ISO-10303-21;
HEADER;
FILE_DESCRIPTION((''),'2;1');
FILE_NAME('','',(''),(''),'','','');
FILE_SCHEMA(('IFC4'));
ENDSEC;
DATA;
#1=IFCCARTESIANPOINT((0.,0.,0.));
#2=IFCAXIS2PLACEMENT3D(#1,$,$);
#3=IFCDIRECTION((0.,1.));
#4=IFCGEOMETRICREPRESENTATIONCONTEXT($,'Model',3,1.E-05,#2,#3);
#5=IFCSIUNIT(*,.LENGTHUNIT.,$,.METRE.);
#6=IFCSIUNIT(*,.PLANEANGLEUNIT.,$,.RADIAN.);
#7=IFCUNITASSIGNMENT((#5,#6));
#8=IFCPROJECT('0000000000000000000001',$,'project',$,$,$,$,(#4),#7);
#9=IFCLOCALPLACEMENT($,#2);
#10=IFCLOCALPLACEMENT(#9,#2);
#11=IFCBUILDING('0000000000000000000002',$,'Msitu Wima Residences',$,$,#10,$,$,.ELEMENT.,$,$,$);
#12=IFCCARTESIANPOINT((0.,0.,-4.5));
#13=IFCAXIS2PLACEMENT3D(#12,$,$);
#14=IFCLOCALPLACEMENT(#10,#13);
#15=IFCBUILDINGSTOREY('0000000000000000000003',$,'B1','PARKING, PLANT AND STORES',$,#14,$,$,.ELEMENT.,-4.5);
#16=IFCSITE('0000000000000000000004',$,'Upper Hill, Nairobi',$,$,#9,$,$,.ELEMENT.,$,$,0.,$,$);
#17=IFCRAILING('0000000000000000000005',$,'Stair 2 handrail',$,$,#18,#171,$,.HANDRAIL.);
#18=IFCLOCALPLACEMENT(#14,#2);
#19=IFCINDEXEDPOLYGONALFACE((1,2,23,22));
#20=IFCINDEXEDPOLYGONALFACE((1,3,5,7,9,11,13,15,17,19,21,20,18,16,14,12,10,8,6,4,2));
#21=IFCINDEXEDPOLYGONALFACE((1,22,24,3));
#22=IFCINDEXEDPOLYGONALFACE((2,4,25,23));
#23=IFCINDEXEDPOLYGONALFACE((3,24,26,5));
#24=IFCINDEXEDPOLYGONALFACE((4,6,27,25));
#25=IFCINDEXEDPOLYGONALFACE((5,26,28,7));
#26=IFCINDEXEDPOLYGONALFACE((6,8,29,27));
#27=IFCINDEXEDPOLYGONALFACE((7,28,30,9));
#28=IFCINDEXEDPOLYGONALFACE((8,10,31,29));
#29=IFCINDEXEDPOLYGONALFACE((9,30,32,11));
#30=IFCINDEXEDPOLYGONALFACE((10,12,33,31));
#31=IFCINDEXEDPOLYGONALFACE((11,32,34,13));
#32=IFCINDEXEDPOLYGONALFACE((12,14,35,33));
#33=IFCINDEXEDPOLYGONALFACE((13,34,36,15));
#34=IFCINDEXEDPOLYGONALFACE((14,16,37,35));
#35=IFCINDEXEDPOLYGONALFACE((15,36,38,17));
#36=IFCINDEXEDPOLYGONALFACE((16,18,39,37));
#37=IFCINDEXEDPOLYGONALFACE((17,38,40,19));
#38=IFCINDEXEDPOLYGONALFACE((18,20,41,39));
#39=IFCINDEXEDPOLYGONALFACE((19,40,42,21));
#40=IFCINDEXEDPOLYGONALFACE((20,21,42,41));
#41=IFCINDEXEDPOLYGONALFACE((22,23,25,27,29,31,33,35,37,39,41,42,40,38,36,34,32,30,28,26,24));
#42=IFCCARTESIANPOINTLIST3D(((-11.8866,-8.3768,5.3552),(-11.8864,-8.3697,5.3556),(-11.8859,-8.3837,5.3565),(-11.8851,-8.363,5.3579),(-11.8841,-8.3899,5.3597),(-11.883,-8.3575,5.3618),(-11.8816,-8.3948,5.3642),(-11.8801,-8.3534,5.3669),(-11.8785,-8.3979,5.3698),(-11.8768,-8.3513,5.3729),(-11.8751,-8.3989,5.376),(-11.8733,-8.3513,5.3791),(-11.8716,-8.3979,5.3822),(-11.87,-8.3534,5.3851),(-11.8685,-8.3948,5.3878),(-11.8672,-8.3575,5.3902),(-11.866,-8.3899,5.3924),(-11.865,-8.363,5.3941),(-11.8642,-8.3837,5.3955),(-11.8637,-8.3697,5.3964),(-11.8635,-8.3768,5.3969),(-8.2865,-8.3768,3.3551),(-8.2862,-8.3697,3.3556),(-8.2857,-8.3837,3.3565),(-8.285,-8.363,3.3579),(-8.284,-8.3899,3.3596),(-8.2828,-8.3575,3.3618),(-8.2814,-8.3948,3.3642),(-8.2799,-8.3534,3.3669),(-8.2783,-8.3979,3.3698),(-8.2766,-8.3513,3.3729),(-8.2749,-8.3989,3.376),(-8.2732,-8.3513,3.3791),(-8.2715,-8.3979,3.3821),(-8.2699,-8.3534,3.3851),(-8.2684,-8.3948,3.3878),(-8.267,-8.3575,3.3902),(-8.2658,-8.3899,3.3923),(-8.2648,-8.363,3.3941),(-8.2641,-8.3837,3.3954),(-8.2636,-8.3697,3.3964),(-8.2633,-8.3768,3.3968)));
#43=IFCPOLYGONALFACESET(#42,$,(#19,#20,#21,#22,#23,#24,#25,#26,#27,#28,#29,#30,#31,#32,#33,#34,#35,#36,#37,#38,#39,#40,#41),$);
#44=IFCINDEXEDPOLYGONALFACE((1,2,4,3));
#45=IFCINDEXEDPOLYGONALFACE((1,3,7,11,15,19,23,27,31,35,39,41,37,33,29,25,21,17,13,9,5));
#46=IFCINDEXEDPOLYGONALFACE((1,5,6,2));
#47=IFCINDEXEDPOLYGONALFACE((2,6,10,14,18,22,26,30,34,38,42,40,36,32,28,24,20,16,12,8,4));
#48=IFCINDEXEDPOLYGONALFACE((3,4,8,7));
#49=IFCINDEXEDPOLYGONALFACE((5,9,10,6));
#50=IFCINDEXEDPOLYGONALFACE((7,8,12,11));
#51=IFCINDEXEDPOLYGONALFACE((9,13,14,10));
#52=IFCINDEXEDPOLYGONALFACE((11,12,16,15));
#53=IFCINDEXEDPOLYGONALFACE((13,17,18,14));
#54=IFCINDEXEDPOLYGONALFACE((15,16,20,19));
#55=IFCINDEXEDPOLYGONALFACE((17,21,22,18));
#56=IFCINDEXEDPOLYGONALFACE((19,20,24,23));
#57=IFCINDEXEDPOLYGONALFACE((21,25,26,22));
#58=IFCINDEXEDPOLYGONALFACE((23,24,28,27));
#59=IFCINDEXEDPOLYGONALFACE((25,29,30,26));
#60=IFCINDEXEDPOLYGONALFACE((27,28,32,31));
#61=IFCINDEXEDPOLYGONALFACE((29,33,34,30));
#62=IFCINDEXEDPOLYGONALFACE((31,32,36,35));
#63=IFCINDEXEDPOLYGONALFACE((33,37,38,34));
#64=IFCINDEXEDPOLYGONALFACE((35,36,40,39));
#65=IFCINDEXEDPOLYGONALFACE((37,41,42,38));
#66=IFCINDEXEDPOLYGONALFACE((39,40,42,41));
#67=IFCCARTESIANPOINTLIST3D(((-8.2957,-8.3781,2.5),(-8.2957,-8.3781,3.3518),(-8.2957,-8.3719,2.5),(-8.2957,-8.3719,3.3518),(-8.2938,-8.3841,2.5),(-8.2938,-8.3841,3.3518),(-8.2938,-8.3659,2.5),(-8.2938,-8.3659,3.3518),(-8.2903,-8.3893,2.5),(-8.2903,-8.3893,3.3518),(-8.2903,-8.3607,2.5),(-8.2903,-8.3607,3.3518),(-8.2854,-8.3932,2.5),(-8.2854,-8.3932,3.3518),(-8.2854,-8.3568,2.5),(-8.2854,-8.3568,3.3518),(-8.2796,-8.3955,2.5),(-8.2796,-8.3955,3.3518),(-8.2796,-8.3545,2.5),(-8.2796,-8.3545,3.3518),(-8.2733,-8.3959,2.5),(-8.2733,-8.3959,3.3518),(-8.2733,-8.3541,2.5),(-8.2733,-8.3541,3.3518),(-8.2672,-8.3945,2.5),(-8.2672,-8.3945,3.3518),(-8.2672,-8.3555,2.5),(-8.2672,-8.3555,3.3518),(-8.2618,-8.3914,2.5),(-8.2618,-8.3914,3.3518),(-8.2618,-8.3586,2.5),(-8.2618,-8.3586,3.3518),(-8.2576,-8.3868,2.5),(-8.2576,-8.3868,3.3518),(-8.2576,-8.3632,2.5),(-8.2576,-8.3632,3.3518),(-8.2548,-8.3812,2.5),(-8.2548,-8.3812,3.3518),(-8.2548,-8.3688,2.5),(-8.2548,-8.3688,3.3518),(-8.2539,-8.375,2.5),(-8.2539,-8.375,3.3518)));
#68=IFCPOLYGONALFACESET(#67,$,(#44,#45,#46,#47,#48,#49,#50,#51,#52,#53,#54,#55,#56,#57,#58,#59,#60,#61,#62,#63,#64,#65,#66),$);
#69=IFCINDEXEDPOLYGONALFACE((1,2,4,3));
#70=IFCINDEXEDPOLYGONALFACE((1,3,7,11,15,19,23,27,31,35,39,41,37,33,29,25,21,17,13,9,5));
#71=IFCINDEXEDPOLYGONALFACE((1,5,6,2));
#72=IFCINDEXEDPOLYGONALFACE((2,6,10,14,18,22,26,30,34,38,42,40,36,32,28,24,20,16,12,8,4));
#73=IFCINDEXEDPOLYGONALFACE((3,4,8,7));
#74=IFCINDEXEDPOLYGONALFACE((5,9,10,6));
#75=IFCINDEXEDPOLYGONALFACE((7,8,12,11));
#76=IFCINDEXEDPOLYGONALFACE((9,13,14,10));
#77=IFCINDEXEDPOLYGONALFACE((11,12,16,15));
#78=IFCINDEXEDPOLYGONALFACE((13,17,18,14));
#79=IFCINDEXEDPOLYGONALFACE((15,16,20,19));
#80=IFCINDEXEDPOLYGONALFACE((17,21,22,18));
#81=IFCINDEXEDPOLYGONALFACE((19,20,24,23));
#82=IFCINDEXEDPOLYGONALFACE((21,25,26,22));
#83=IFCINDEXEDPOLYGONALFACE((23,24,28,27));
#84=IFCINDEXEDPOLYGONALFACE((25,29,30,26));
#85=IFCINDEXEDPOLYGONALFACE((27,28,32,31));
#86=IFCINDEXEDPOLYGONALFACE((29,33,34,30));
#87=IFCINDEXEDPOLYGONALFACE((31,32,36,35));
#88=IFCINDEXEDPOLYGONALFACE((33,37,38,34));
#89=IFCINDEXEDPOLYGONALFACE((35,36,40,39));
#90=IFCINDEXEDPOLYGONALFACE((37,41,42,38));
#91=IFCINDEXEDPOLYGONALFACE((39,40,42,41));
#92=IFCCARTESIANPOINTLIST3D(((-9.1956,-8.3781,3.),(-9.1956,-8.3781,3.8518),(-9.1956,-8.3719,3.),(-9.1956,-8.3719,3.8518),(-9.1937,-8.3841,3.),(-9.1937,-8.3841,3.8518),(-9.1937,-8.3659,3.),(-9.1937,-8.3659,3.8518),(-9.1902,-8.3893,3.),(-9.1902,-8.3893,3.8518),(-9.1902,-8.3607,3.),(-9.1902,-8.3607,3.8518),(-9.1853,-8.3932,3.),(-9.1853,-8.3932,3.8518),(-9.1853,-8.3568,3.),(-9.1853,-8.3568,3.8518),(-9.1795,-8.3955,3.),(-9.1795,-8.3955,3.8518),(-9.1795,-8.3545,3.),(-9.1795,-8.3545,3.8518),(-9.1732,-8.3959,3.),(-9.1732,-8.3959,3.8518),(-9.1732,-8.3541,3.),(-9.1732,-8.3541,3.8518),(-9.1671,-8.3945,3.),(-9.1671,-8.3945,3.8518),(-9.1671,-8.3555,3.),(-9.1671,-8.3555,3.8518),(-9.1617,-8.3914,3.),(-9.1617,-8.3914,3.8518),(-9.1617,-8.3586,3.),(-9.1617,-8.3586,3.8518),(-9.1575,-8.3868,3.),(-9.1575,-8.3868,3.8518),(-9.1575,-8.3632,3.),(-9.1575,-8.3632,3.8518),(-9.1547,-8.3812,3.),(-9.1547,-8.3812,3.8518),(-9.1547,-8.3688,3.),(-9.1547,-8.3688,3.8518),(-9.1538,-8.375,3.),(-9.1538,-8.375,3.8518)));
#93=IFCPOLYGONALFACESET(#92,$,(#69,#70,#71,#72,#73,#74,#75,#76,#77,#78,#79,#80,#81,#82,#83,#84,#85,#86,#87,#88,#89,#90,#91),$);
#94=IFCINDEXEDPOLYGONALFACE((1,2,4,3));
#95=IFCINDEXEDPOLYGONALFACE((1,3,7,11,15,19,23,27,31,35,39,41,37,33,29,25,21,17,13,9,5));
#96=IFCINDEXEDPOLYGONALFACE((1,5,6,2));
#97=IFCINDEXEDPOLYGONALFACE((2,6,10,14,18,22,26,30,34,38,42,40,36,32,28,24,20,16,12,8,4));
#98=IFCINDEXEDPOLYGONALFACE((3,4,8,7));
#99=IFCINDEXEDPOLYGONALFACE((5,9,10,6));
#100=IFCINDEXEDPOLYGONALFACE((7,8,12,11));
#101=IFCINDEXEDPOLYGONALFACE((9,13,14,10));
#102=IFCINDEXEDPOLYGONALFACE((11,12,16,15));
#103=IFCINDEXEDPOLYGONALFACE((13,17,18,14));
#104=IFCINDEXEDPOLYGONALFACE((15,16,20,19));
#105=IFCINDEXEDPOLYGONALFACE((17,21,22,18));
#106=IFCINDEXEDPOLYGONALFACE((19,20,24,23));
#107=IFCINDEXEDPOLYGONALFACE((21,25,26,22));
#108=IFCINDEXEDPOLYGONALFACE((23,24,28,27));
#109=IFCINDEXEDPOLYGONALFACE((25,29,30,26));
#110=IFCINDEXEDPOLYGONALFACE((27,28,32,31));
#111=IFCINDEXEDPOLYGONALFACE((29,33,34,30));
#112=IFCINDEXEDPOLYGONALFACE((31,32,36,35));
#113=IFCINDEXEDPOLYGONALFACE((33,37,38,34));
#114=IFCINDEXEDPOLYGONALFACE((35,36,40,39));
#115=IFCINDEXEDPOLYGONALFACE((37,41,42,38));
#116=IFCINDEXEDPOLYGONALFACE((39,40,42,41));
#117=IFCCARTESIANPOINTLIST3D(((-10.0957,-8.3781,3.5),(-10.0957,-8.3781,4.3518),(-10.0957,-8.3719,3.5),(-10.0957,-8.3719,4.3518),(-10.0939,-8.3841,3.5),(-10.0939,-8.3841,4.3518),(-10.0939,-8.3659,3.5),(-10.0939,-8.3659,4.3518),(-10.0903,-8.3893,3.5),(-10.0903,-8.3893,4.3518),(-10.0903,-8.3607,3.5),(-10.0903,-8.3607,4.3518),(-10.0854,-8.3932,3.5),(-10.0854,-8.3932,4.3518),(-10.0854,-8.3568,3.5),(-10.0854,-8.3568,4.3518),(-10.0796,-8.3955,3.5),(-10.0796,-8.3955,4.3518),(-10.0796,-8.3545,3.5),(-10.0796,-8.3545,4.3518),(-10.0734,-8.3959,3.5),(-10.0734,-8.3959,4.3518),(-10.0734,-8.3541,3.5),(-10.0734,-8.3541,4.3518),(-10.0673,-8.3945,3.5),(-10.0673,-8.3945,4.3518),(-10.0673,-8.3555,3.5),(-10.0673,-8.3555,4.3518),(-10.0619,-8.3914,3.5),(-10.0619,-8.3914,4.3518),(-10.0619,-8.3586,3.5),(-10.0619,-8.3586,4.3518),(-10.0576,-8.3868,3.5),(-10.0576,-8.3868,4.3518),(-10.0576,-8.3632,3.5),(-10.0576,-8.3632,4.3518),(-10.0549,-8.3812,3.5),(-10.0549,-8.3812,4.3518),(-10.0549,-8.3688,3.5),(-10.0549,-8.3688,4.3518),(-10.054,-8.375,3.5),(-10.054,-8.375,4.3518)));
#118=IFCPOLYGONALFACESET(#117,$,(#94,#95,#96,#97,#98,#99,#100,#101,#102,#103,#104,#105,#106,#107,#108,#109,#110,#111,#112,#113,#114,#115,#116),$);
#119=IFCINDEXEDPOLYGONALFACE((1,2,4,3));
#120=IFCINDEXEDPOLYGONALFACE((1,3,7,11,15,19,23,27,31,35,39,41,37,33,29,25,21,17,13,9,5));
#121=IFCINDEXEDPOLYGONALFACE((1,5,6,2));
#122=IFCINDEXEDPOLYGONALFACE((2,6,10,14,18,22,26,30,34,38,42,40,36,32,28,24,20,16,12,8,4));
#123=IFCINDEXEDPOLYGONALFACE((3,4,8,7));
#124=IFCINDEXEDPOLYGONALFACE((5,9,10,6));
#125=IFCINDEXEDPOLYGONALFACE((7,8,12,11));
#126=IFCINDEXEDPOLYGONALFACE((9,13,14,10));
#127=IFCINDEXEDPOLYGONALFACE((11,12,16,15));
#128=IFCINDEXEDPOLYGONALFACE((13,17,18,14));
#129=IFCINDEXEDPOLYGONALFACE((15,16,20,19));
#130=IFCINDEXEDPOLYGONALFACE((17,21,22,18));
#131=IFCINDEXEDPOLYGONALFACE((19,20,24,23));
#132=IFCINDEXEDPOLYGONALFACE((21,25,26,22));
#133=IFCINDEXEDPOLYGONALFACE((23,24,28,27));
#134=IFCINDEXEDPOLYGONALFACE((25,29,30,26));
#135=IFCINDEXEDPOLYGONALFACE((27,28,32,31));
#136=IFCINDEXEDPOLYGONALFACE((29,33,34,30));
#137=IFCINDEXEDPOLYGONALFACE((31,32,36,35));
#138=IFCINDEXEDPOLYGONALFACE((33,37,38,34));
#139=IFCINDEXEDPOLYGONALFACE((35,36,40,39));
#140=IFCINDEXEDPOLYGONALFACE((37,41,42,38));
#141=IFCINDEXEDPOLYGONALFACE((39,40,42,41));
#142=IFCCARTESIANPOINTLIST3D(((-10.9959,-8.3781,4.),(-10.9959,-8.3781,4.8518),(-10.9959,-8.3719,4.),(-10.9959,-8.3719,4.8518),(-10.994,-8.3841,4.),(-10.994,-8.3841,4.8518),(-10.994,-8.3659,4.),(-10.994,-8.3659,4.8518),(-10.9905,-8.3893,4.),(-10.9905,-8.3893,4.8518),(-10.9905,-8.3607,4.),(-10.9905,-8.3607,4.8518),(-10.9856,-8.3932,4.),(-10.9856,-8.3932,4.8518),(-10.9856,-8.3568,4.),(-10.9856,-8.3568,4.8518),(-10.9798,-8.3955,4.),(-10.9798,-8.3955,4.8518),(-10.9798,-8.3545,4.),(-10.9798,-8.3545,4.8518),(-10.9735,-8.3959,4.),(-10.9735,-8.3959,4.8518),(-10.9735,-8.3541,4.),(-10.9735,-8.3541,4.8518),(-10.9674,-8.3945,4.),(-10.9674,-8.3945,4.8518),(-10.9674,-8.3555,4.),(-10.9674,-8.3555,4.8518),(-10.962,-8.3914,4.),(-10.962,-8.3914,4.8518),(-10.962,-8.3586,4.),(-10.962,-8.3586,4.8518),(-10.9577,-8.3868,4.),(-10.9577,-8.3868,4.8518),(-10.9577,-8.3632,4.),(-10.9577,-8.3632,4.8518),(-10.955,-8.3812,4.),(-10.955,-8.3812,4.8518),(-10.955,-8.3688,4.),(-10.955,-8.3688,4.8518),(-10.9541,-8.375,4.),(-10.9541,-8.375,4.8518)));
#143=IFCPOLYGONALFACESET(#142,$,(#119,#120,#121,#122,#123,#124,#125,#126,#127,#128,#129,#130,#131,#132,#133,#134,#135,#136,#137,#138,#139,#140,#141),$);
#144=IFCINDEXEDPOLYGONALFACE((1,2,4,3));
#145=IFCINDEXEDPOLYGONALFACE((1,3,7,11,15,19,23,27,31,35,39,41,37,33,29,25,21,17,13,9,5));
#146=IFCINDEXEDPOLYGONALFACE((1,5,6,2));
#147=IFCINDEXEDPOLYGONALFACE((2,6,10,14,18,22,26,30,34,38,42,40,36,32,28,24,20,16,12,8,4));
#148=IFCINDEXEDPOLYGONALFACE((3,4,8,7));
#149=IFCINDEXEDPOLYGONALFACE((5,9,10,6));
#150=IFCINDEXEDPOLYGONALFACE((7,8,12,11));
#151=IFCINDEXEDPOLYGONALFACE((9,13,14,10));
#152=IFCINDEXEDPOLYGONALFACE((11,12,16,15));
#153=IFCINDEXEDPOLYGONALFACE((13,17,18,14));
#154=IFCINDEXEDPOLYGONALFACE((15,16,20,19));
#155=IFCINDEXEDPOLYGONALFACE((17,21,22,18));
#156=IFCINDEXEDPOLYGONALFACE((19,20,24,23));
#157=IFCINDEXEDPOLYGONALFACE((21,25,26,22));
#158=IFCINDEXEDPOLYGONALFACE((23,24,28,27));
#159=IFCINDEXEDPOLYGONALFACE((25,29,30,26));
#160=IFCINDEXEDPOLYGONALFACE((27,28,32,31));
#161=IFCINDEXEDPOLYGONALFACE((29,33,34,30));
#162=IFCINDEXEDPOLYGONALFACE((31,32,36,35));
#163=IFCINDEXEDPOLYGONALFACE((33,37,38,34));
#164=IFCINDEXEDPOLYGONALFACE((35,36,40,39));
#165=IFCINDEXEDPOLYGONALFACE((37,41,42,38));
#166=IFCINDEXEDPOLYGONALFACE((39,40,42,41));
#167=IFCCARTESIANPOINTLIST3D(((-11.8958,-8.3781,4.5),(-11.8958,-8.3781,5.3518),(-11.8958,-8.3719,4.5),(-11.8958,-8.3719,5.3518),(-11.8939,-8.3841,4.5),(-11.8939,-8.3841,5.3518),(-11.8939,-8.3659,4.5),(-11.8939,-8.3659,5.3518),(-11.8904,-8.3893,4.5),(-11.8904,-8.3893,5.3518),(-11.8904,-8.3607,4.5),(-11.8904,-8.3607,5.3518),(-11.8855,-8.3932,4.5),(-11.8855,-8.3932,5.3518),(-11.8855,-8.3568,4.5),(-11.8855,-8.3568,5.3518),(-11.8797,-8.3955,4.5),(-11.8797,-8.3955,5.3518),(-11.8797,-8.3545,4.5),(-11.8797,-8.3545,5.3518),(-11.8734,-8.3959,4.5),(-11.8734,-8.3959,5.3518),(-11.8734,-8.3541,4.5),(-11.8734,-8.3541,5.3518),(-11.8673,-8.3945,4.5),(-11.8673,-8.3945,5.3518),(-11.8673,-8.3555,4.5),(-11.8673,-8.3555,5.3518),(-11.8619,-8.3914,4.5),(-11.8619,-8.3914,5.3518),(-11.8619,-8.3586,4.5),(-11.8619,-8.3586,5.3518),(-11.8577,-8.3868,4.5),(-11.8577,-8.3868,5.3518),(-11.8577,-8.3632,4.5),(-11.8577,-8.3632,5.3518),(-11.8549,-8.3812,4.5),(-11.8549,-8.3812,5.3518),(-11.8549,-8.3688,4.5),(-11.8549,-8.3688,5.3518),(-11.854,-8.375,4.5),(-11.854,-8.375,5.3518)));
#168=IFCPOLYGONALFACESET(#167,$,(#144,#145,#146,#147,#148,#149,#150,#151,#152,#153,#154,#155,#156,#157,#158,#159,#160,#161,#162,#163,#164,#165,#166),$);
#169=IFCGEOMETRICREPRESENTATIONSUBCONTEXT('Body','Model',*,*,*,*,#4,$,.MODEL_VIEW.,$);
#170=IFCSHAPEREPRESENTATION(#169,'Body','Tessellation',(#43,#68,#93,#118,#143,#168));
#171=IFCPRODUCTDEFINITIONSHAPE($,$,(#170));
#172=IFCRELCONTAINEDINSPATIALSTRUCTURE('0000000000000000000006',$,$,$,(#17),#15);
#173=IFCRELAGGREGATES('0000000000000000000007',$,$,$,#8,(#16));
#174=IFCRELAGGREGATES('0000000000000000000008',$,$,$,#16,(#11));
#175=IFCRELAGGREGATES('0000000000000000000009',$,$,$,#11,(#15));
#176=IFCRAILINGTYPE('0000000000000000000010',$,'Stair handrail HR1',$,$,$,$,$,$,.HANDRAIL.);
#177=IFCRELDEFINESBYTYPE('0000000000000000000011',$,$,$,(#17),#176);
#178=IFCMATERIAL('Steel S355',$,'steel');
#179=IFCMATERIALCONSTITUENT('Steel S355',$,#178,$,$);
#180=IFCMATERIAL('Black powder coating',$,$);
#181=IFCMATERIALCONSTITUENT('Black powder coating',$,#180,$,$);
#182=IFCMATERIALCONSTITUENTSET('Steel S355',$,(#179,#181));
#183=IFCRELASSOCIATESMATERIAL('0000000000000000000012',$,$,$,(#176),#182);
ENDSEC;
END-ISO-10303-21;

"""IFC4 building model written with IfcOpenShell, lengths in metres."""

from ifc_helpers import new_model, si_unit, direction, frame, origin, origin_2d, place, context, subcontext, project, spatial, circle, extrude, material, constituent, constituent_set, type_object, element, save


model = new_model("IFC4")

# Units and contexts
model_context = context("Model", 3, precision=1e-05, world=origin(), true_north=direction((0.0, 1.0)))
body_context = subcontext(model_context, "Body", "Model", "MODEL_VIEW")
ifc_project = project(units=[si_unit("LENGTHUNIT", "METRE"), si_unit("PLANEANGLEUNIT", "RADIAN")], contexts=[model_context])

# Site, building, storey
site_placement = place(None, origin())
site = spatial("IfcSite", under=ifc_project, at=site_placement, Name="Upper Hill, Nairobi", CompositionType="ELEMENT", RefElevation=0.0)
building_placement = place(site_placement, origin())
building = spatial("IfcBuilding", under=site, at=building_placement, Name="Msitu Wima Residences", CompositionType="ELEMENT")
storey_placement = place(building_placement, frame((0.0, 0.0, -4.5)))
storey = spatial("IfcBuildingStorey", under=building, at=storey_placement, Name="B1", Description="PARKING, PLANT AND STORES", CompositionType="ELEMENT", Elevation=-4.5)

# Railing
ifc_material_1 = material(Name="Steel S355", Category="steel")
ifc_constituent_1 = constituent(ifc_material_1, Name="Steel S355")
ifc_material_2 = material(Name="Black powder coating")
ifc_constituent_2 = constituent(ifc_material_2, Name="Black powder coating")
ifc_constituent_set = constituent_set(constituents=[ifc_constituent_1, ifc_constituent_2], Name="Steel S355")
railing_type = type_object("IfcRailingType", Name="Stair handrail HR1", PredefinedType="HANDRAIL", material=ifc_constituent_set)
for number, where, name in (
    (1, (-8.2749, -8.375, 2.5), "Stair 2 handrail"),
):
    element("IfcRailing", number, at=place(storey_placement, frame(where)), inside=storey, type_object=railing_type, Name=name, PredefinedType="HANDRAIL", context=body_context, shape_type="SweptSolid", body=[
        extrude(circle(Radius=0.0239, at=origin_2d()), frame((0.0, 0.0, 0.876), z_axis=(-0.874163, 0.0, 0.485633), x_axis=(0.0, -1.0, 0.0)), (0.0, 0.0, 1.0), 4.1184),
        extrude(circle(Radius=0.021, at=origin_2d()), origin(), (0.0, 0.0, 1.0), 0.8518),
        extrude(circle(Radius=0.021, at=origin_2d()), frame((-0.8999, 0.0, 0.5)), (0.0, 0.0, 1.0), 0.8518),
        extrude(circle(Radius=0.021, at=origin_2d()), frame((-1.8, 0.0, 1.0)), (0.0, 0.0, 1.0), 0.8518),
        extrude(circle(Radius=0.021, at=origin_2d()), frame((-2.7002, 0.0, 1.5)), (0.0, 0.0, 1.0), 0.8518),
        extrude(circle(Radius=0.021, at=origin_2d()), frame((-3.6001, 0.0, 2.0)), (0.0, 0.0, 1.0), 0.8518),
    ])

save(model, "model.ifc")
